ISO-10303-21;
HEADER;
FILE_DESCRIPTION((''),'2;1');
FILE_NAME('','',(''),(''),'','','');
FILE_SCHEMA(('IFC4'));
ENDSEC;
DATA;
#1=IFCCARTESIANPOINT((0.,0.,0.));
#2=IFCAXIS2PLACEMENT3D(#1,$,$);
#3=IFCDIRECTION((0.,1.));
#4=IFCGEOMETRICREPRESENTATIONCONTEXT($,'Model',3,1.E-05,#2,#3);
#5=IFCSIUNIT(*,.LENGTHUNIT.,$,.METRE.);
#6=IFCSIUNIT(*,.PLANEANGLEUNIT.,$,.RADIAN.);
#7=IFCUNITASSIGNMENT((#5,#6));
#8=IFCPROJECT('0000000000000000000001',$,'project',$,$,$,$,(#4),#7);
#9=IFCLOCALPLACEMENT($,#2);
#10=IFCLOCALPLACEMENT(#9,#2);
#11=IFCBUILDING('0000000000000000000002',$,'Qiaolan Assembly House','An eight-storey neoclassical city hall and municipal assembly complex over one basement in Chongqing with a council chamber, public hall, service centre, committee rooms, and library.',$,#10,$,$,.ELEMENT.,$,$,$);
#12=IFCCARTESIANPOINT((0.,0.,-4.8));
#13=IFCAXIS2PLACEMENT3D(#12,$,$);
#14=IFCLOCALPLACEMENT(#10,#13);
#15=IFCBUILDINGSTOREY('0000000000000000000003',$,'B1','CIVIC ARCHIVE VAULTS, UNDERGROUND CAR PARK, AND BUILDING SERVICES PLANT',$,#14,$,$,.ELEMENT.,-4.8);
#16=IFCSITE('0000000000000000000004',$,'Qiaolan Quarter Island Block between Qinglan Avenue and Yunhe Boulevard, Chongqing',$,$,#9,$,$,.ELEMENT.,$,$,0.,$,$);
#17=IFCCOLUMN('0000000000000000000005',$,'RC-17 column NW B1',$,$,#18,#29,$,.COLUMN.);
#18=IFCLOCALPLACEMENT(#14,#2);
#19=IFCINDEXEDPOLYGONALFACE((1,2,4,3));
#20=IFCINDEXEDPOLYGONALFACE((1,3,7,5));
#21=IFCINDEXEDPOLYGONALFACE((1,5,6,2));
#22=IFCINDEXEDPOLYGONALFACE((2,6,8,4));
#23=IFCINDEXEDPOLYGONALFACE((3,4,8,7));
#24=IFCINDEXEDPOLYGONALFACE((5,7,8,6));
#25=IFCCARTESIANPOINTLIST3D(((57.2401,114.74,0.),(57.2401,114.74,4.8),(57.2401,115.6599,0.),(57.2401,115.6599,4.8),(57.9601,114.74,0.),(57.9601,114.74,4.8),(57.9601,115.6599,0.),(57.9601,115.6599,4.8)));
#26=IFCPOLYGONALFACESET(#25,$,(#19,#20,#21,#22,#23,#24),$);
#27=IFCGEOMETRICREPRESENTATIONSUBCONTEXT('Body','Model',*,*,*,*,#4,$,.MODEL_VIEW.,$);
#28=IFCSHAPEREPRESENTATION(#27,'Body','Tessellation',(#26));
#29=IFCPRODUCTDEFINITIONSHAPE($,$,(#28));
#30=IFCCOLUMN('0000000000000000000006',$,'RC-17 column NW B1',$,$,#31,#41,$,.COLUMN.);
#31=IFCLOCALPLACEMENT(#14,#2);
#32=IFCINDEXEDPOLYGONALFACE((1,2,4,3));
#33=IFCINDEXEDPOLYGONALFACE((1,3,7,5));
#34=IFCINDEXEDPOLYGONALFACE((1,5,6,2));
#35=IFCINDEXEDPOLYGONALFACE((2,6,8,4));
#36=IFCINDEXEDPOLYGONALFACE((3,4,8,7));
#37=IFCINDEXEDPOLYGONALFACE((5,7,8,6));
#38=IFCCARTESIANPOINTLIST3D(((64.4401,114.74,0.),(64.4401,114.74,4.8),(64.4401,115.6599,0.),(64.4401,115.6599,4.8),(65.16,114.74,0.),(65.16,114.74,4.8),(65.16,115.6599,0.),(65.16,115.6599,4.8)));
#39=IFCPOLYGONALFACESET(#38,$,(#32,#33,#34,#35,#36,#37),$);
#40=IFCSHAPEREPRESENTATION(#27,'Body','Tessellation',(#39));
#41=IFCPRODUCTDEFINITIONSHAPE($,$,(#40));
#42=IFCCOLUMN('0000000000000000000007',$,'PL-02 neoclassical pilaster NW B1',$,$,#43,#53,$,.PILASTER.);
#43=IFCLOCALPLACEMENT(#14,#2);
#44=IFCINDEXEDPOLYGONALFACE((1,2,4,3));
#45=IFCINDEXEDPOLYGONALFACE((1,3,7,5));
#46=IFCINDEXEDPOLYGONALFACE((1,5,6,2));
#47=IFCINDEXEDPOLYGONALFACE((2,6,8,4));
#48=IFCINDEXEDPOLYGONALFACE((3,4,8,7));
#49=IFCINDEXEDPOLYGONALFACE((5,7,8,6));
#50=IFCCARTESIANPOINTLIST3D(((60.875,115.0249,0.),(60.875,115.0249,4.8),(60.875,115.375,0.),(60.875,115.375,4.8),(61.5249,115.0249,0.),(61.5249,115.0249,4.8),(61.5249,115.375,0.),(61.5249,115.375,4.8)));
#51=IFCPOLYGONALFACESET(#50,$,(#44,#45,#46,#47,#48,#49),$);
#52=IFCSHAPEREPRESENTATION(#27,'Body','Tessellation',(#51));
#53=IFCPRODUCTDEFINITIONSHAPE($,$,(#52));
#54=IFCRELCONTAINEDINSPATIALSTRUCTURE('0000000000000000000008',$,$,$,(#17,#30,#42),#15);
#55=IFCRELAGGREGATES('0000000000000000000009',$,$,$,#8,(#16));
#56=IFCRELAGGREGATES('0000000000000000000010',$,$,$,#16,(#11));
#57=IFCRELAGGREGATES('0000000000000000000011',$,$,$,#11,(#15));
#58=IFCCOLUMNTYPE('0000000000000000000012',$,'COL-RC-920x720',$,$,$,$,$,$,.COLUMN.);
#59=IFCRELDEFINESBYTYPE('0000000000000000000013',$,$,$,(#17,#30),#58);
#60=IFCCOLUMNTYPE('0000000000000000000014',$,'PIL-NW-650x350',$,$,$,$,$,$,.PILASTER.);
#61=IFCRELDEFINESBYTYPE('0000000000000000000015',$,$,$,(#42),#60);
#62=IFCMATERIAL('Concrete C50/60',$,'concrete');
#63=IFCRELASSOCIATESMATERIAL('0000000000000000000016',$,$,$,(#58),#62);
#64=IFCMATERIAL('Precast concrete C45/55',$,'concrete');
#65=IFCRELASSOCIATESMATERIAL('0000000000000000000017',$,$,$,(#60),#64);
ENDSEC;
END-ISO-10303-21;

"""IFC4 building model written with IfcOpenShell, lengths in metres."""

from ifc_helpers import new_model, si_unit, direction, frame, origin, origin_2d, place, context, subcontext, project, spatial, rectangle, extrude, material, material_profile, profile_set, type_object, element, save


model = new_model("IFC4")

# Units and contexts
model_context = context("Model", 3, precision=1e-05, world=origin(), true_north=direction((0.0, 1.0)))
body_context = subcontext(model_context, "Body", "Model", "MODEL_VIEW")
ifc_project = project(units=[si_unit("LENGTHUNIT", "METRE"), si_unit("PLANEANGLEUNIT", "RADIAN")], contexts=[model_context])

# Site, building, storey
site_placement = place(None, origin())
site = spatial("IfcSite", under=ifc_project, at=site_placement, Name="Qiaolan Quarter Island Block between Qinglan Avenue and Yunhe Boulevard, Chongqing", CompositionType="ELEMENT", RefElevation=0.0)
building_placement = place(site_placement, origin())
building = spatial("IfcBuilding", under=site, at=building_placement, Name="Qiaolan Assembly House", Description="An eight-storey neoclassical city hall and municipal assembly complex over one basement in Chongqing with a council chamber, public hall, service centre, committee rooms, and library.", CompositionType="ELEMENT")
storey_placement = place(building_placement, frame((0.0, 0.0, -4.8)))
storey = spatial("IfcBuildingStorey", under=building, at=storey_placement, Name="B1", Description="CIVIC ARCHIVE VAULTS, UNDERGROUND CAR PARK, AND BUILDING SERVICES PLANT", CompositionType="ELEMENT", Elevation=-4.8)

# Columns
ifc_material_1 = material(Name="Concrete C50/60", Category="concrete")
ifc_material_profile_1 = material_profile(ifc_material_1, rectangle(XDim=0.72, YDim=0.9199, at=origin_2d()), Name="RC 920x720")
ifc_profile_set_1 = profile_set([ifc_material_profile_1], Name="Concrete C50/60")
column_type_1 = type_object("IfcColumnType", Name="COL-RC-920x720", PredefinedType="COLUMN", material=ifc_profile_set_1)
for number, where, z_axis, x_axis, name in (
    (1, (57.6001, 115.2, 0.0), (0.0, 0.0, 1.0), (1.0, 0.0, 0.0), "RC-17 column NW B1"),
    (2, (64.8, 115.2, 0.0), (0.0, 0.0, 1.0), (1.0, 0.0, 0.0), "RC-17 column NW B1"),
):
    element("IfcColumn", number, at=place(storey_placement, frame(where, z_axis=z_axis, x_axis=x_axis)), inside=storey, type_object=column_type_1, Name=name, PredefinedType="COLUMN", context=body_context, shape_type="SweptSolid", body=[
        extrude(rectangle(XDim=0.72, YDim=0.9199, at=origin_2d()), origin(), (0.0, 0.0, 1.0), 4.8),
    ])
ifc_material_2 = material(Name="Precast concrete C45/55", Category="concrete")
ifc_material_profile_2 = material_profile(ifc_material_2, rectangle(XDim=0.6499, YDim=0.3501, at=origin_2d()), Name="PIL 650x350")
ifc_profile_set_2 = profile_set([ifc_material_profile_2], Name="Precast concrete C45/55")
column_type_2 = type_object("IfcColumnType", Name="PIL-NW-650x350", PredefinedType="PILASTER", material=ifc_profile_set_2)
column_1_placement = place(storey_placement, frame((61.2, 115.2, 0.0), z_axis=(0.0, 0.0, 1.0), x_axis=(1.0, 0.0, 0.0)))
element("IfcColumn", 3, at=column_1_placement, inside=storey, type_object=column_type_2, Name="PL-02 neoclassical pilaster NW B1", PredefinedType="PILASTER", context=body_context, shape_type="SweptSolid", body=[
    extrude(rectangle(XDim=0.6499, YDim=0.3501, at=origin_2d()), origin(), (0.0, 0.0, 1.0), 4.8),
])

save(model, "model.ifc")
